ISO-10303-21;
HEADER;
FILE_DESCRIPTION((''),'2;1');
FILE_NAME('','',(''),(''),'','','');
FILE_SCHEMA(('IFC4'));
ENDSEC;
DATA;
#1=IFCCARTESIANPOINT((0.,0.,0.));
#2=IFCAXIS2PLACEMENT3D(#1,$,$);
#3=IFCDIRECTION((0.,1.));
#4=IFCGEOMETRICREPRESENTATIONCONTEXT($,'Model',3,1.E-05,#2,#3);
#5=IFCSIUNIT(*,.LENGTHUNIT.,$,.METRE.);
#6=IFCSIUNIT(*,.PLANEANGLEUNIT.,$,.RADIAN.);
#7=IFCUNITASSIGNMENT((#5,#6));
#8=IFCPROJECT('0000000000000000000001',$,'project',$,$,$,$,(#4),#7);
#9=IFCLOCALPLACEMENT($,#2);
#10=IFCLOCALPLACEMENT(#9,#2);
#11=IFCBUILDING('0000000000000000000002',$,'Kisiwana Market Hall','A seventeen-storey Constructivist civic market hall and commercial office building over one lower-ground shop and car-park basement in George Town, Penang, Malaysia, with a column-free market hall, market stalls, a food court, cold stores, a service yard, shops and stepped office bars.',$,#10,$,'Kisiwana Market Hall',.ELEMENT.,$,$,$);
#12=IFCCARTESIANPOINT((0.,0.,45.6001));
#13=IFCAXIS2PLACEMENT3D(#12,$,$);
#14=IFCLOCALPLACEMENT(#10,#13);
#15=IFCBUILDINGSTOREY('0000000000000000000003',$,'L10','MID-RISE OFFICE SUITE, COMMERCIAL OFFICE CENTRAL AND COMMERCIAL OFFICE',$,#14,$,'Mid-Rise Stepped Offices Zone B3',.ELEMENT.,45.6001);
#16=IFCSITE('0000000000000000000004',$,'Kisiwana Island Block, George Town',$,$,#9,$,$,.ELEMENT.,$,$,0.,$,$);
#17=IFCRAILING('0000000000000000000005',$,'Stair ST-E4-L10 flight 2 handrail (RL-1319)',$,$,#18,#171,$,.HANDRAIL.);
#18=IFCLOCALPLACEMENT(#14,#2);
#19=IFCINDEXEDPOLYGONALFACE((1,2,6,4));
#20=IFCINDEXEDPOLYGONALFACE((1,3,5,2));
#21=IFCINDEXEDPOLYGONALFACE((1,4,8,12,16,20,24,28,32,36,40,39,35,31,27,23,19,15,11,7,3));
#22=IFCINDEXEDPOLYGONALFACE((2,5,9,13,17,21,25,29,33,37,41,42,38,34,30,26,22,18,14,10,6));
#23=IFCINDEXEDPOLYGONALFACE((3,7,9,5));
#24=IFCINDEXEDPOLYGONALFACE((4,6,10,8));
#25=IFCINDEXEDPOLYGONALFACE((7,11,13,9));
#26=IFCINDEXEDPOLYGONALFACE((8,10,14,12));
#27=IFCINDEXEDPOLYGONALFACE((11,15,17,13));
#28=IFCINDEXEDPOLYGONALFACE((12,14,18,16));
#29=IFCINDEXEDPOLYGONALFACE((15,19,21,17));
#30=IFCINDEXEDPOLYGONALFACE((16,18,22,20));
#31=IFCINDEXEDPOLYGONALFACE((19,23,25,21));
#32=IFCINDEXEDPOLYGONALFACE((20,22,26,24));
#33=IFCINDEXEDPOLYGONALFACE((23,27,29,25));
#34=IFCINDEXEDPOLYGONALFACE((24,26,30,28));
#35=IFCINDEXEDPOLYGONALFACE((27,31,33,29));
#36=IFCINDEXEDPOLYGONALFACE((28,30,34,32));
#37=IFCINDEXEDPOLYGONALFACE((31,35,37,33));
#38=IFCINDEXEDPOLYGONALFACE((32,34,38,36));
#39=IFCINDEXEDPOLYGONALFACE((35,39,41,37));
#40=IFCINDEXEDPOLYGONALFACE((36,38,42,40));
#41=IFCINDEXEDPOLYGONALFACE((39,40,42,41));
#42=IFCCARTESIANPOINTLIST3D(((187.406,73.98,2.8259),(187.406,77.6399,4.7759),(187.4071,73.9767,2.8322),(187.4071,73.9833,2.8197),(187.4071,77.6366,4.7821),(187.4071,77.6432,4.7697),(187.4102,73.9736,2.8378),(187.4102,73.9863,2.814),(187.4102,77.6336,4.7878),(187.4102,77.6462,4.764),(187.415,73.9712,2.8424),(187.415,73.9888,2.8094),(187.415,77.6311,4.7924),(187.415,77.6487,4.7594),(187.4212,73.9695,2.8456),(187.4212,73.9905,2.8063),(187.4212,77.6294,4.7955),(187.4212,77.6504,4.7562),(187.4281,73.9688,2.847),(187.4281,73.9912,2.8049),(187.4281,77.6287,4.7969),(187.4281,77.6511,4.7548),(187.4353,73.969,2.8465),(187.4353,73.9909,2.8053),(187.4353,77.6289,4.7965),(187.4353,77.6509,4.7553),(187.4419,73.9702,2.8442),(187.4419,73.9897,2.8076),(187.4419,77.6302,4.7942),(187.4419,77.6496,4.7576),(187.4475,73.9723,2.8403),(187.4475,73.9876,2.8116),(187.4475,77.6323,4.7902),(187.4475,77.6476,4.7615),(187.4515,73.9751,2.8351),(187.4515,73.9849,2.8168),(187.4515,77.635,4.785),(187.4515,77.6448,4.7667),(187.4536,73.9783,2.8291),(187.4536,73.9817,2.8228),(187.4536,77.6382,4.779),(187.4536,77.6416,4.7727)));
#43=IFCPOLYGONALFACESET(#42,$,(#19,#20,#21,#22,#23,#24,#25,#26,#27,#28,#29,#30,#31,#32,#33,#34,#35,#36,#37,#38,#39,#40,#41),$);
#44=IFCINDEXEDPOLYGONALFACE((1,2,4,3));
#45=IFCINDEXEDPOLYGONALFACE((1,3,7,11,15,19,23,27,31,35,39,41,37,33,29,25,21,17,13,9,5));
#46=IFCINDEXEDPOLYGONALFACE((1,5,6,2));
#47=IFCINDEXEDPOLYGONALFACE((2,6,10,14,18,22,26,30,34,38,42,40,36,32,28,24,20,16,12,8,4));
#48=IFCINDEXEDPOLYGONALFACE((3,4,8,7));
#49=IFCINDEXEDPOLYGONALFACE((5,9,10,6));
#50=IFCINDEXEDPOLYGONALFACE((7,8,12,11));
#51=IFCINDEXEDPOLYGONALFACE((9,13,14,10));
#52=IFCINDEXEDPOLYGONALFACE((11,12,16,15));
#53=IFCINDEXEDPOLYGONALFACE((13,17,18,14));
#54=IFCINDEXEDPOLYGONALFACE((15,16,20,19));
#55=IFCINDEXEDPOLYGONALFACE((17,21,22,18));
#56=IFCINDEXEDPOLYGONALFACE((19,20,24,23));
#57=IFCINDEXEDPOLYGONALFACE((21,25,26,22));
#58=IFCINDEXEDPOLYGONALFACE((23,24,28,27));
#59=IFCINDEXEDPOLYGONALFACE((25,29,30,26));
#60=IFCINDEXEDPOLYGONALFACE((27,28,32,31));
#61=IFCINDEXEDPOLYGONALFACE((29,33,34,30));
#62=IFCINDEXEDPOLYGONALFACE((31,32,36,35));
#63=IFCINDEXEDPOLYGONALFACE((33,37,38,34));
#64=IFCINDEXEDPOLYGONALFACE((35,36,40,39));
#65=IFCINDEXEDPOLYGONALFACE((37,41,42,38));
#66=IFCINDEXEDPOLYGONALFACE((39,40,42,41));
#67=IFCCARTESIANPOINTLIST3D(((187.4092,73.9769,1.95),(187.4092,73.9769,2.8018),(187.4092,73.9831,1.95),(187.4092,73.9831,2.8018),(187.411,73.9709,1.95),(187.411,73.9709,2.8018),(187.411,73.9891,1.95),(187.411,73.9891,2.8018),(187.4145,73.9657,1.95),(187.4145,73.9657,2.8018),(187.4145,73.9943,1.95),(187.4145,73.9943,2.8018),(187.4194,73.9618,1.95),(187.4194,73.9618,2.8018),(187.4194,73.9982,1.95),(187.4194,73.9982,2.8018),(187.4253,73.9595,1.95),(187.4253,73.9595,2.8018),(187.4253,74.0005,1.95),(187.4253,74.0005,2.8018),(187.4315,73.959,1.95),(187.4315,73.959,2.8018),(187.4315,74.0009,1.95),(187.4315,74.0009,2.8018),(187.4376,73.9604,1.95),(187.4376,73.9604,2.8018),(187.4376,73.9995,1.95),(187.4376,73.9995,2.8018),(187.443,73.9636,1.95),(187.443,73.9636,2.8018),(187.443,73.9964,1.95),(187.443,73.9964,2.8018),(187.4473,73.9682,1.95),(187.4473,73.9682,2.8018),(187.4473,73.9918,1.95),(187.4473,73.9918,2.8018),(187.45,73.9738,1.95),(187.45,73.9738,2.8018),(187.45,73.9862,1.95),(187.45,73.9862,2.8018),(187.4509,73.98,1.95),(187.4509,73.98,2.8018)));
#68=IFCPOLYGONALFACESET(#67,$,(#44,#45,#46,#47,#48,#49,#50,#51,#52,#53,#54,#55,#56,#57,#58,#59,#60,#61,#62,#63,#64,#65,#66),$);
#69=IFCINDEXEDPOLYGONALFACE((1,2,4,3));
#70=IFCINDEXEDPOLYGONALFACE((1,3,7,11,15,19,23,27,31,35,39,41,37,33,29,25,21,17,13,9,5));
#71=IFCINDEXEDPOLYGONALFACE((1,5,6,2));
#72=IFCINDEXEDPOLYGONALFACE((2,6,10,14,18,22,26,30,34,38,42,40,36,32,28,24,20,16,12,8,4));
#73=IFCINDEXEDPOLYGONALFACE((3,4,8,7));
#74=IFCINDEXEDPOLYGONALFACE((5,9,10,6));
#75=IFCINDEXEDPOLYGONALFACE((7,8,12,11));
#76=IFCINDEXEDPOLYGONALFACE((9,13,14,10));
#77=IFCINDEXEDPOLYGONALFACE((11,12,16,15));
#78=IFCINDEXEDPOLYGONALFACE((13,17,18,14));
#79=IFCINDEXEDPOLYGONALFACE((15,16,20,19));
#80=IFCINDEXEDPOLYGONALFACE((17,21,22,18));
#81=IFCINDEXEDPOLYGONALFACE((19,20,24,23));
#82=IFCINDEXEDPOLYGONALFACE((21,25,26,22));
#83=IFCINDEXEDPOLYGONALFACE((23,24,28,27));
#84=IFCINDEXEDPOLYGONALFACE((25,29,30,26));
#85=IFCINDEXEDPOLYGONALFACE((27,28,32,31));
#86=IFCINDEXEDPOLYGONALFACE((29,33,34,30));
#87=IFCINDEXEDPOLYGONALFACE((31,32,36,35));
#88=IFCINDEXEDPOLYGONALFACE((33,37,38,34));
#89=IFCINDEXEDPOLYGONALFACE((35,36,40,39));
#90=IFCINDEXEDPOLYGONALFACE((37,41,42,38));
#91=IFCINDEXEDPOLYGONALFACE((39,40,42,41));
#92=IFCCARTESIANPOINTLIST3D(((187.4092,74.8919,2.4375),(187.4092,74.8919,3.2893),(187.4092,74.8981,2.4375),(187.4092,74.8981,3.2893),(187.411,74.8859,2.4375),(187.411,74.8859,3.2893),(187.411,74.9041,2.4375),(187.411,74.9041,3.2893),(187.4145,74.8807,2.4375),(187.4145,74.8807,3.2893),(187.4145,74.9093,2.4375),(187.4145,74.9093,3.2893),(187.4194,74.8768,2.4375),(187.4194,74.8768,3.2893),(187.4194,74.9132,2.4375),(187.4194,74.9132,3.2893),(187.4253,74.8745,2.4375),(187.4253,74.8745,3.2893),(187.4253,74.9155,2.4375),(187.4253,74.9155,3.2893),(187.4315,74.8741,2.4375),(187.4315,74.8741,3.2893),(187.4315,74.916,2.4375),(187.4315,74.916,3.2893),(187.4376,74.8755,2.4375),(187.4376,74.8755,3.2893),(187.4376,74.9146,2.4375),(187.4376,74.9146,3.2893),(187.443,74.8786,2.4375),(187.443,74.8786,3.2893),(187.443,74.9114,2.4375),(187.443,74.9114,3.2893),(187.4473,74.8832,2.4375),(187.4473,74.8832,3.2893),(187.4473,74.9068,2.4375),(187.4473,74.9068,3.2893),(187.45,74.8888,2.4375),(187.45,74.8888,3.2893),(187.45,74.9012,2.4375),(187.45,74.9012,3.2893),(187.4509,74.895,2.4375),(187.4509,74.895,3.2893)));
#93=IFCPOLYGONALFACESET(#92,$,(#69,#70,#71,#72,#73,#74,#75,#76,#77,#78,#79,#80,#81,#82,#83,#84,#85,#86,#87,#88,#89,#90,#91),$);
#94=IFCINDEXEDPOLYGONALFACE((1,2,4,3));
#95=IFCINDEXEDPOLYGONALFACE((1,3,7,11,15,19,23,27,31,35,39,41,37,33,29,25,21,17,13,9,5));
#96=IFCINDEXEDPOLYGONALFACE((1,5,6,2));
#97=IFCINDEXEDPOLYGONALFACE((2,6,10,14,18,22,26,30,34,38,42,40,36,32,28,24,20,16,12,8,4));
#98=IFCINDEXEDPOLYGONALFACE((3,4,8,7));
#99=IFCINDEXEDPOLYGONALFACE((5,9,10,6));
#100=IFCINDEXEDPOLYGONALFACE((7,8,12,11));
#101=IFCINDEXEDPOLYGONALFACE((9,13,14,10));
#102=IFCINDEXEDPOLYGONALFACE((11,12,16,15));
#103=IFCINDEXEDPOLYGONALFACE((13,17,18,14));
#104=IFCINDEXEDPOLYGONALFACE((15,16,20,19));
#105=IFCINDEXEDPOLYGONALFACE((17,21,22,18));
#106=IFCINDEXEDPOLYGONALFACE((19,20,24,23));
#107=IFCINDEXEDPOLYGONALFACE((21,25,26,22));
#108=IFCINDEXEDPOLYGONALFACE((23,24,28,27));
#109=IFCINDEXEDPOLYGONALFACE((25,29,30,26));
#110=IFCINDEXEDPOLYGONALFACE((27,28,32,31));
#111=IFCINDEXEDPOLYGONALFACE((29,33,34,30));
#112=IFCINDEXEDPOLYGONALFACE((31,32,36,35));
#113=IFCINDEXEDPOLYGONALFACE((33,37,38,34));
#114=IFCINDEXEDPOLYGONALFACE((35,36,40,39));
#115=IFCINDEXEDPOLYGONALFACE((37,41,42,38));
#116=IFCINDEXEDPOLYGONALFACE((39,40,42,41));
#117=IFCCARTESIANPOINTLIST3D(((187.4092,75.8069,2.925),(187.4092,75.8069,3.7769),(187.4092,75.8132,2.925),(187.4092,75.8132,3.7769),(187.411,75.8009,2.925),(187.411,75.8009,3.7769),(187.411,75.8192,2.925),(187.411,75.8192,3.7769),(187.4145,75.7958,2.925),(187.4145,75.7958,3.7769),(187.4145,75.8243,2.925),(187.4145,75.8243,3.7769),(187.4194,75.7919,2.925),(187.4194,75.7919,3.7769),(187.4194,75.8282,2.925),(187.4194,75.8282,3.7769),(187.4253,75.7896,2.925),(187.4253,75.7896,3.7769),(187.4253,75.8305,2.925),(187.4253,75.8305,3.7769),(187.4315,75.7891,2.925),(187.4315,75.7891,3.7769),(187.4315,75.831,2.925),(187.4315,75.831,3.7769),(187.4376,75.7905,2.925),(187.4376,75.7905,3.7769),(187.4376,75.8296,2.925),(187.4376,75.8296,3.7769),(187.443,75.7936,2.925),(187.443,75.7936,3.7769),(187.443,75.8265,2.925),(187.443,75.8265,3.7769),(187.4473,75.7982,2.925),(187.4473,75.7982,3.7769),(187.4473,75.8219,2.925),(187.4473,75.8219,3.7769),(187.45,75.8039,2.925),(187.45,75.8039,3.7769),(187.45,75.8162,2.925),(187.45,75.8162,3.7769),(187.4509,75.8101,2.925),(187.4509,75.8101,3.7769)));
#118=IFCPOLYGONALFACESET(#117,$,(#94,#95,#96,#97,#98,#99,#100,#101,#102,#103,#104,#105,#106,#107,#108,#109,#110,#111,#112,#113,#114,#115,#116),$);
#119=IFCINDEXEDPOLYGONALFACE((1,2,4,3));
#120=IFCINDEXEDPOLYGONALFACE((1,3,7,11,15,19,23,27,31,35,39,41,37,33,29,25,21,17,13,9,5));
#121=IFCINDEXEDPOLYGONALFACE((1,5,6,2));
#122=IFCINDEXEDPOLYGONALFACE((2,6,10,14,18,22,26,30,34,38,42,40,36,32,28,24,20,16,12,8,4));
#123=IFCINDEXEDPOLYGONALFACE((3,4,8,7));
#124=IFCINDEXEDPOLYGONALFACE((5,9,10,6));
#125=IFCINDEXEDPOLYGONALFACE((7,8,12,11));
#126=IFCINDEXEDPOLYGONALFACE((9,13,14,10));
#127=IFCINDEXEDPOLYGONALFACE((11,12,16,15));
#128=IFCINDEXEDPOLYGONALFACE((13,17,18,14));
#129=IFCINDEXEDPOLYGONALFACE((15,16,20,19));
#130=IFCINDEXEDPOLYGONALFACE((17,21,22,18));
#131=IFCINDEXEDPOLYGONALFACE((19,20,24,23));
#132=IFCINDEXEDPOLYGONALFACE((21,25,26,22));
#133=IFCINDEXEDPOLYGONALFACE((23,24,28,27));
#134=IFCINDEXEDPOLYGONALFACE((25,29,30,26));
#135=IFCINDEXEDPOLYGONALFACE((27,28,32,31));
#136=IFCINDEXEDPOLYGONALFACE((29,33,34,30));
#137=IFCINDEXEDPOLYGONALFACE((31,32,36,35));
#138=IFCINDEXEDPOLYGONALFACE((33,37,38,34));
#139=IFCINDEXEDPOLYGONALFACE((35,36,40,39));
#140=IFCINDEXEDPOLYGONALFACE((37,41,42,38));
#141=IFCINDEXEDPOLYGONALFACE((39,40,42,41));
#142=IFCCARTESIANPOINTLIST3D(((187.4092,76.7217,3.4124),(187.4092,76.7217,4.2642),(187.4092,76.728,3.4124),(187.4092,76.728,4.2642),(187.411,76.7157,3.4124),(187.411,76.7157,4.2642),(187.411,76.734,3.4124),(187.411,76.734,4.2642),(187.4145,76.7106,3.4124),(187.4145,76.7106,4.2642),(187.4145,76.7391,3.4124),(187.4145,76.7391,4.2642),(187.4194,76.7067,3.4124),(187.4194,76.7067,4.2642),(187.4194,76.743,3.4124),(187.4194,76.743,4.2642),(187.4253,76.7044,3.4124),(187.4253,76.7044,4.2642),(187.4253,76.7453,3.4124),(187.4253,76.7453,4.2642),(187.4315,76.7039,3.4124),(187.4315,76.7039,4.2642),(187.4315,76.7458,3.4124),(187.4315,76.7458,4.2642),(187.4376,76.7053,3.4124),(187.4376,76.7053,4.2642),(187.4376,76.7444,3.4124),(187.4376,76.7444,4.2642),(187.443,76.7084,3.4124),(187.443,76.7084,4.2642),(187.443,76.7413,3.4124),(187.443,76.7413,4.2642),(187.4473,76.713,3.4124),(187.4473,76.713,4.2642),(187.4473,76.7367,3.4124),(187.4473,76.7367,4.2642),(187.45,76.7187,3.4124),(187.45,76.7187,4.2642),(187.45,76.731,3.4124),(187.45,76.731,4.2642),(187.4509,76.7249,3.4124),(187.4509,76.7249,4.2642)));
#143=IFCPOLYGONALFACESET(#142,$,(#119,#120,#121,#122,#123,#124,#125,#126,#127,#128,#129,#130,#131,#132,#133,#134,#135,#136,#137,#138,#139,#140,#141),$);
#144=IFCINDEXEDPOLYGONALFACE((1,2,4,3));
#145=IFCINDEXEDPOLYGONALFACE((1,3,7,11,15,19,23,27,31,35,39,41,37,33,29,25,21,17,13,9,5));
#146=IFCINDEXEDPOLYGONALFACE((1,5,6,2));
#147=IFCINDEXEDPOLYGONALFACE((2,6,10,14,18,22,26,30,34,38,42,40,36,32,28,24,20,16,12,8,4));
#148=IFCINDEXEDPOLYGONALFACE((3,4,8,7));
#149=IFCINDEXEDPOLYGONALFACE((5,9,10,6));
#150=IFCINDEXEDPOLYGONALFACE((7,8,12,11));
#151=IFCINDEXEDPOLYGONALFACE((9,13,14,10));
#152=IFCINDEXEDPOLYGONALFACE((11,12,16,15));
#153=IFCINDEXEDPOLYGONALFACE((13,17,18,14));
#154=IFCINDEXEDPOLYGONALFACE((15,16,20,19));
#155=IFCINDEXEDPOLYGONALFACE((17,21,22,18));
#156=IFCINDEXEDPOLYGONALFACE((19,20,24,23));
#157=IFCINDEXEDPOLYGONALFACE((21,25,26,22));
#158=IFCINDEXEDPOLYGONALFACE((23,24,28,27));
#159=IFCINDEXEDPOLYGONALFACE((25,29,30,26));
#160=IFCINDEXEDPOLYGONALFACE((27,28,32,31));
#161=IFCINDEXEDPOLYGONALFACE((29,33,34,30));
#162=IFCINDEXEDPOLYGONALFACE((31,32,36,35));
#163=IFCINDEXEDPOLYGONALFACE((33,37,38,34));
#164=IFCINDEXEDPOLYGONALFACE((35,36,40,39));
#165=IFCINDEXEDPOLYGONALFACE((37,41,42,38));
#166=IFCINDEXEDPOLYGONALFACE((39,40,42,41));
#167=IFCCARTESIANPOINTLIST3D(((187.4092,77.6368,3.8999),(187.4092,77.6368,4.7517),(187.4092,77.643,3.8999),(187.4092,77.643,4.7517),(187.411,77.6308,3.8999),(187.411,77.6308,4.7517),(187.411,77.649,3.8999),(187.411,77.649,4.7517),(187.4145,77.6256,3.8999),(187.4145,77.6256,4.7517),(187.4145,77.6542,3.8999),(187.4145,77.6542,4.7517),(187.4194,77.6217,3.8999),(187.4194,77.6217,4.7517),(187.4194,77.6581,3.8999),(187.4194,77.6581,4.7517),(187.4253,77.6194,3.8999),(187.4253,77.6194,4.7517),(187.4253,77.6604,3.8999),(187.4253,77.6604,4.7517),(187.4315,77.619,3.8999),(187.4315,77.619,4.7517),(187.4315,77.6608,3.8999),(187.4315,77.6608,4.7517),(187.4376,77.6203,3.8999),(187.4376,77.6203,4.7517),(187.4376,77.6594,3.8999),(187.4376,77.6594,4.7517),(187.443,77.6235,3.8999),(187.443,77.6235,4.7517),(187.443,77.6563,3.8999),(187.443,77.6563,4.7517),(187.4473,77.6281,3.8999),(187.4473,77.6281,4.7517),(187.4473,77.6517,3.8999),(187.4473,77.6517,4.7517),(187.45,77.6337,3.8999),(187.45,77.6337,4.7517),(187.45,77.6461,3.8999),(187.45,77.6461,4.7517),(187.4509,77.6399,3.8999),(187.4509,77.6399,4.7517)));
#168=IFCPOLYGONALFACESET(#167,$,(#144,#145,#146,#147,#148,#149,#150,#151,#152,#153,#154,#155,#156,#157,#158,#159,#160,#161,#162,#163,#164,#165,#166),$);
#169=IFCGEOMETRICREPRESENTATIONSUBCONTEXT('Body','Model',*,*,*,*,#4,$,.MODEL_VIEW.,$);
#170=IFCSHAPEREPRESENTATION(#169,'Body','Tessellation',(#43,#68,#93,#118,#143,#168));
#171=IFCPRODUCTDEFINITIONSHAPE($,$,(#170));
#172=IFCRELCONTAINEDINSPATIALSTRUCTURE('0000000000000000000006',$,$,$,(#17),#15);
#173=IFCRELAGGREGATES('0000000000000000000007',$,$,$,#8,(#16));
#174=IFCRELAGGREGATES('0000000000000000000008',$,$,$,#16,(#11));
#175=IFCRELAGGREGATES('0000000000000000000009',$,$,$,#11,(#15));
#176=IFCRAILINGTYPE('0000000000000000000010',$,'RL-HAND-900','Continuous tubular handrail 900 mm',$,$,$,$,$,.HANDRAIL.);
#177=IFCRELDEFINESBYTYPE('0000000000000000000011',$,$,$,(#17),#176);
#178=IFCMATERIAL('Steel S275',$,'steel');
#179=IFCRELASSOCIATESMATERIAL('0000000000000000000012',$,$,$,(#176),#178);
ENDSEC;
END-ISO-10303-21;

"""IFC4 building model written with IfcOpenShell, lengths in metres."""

from ifc_helpers import new_model, si_unit, direction, frame, origin, origin_2d, place, context, subcontext, project, spatial, circle, extrude, material, type_object, element, save


model = new_model("IFC4")

# Units and contexts
model_context = context("Model", 3, precision=1e-05, world=origin(), true_north=direction((0.0, 1.0)))
body_context = subcontext(model_context, "Body", "Model", "MODEL_VIEW")
ifc_project = project(units=[si_unit("LENGTHUNIT", "METRE"), si_unit("PLANEANGLEUNIT", "RADIAN")], contexts=[model_context])

# Site, building, storey
site_placement = place(None, origin())
site = spatial("IfcSite", under=ifc_project, at=site_placement, Name="Kisiwana Island Block, George Town", CompositionType="ELEMENT", RefElevation=0.0)
building_placement = place(site_placement, origin())
building = spatial("IfcBuilding", under=site, at=building_placement, Name="Kisiwana Market Hall", Description="A seventeen-storey Constructivist civic market hall and commercial office building over one lower-ground shop and car-park basement in George Town, Penang, Malaysia, with a column-free market hall, market stalls, a food court, cold stores, a service yard, shops and stepped office bars.", LongName="Kisiwana Market Hall", CompositionType="ELEMENT")
storey_placement = place(building_placement, frame((0.0, 0.0, 45.6001)))
storey = spatial("IfcBuildingStorey", under=building, at=storey_placement, Name="L10", Description="MID-RISE OFFICE SUITE, COMMERCIAL OFFICE CENTRAL AND COMMERCIAL OFFICE", LongName="Mid-Rise Stepped Offices Zone B3", CompositionType="ELEMENT", Elevation=45.6001)

# Railing
ifc_material_1 = material(Name="Steel S275", Category="steel")
railing_type_1 = type_object("IfcRailingType", Name="RL-HAND-900", Description="Continuous tubular handrail 900 mm", PredefinedType="HANDRAIL", material=ifc_material_1)
railing_1_placement = place(storey_placement, frame((187.4299, 73.98, 1.95)))
element("IfcRailing", 1, at=railing_1_placement, inside=storey, type_object=railing_type_1, Name="Stair ST-E4-L10 flight 2 handrail (RL-1319)", PredefinedType="HANDRAIL", context=body_context, shape_type="SweptSolid", body=[
    extrude(circle(Radius=0.0239, at=origin_2d()), frame((0.0, 0.0, 0.876), z_axis=(0.0, 0.882553, 0.470212), x_axis=(-1.0, 0.0, 0.0)), (0.0, 0.0, 1.0), 4.147),
    extrude(circle(Radius=0.021, at=origin_2d()), origin(), (0.0, 0.0, 1.0), 0.8518),
    extrude(circle(Radius=0.021, at=origin_2d()), frame((0.0, 0.915, 0.4875)), (0.0, 0.0, 1.0), 0.8518),
    extrude(circle(Radius=0.021, at=origin_2d()), frame((0.0, 1.8301, 0.9751)), (0.0, 0.0, 1.0), 0.8518),
    extrude(circle(Radius=0.021, at=origin_2d()), frame((0.0, 2.7449, 1.4624)), (0.0, 0.0, 1.0), 0.8518),
    extrude(circle(Radius=0.021, at=origin_2d()), frame((0.0, 3.6599, 1.95)), (0.0, 0.0, 1.0), 0.8518),
])

save(model, "model.ifc")
